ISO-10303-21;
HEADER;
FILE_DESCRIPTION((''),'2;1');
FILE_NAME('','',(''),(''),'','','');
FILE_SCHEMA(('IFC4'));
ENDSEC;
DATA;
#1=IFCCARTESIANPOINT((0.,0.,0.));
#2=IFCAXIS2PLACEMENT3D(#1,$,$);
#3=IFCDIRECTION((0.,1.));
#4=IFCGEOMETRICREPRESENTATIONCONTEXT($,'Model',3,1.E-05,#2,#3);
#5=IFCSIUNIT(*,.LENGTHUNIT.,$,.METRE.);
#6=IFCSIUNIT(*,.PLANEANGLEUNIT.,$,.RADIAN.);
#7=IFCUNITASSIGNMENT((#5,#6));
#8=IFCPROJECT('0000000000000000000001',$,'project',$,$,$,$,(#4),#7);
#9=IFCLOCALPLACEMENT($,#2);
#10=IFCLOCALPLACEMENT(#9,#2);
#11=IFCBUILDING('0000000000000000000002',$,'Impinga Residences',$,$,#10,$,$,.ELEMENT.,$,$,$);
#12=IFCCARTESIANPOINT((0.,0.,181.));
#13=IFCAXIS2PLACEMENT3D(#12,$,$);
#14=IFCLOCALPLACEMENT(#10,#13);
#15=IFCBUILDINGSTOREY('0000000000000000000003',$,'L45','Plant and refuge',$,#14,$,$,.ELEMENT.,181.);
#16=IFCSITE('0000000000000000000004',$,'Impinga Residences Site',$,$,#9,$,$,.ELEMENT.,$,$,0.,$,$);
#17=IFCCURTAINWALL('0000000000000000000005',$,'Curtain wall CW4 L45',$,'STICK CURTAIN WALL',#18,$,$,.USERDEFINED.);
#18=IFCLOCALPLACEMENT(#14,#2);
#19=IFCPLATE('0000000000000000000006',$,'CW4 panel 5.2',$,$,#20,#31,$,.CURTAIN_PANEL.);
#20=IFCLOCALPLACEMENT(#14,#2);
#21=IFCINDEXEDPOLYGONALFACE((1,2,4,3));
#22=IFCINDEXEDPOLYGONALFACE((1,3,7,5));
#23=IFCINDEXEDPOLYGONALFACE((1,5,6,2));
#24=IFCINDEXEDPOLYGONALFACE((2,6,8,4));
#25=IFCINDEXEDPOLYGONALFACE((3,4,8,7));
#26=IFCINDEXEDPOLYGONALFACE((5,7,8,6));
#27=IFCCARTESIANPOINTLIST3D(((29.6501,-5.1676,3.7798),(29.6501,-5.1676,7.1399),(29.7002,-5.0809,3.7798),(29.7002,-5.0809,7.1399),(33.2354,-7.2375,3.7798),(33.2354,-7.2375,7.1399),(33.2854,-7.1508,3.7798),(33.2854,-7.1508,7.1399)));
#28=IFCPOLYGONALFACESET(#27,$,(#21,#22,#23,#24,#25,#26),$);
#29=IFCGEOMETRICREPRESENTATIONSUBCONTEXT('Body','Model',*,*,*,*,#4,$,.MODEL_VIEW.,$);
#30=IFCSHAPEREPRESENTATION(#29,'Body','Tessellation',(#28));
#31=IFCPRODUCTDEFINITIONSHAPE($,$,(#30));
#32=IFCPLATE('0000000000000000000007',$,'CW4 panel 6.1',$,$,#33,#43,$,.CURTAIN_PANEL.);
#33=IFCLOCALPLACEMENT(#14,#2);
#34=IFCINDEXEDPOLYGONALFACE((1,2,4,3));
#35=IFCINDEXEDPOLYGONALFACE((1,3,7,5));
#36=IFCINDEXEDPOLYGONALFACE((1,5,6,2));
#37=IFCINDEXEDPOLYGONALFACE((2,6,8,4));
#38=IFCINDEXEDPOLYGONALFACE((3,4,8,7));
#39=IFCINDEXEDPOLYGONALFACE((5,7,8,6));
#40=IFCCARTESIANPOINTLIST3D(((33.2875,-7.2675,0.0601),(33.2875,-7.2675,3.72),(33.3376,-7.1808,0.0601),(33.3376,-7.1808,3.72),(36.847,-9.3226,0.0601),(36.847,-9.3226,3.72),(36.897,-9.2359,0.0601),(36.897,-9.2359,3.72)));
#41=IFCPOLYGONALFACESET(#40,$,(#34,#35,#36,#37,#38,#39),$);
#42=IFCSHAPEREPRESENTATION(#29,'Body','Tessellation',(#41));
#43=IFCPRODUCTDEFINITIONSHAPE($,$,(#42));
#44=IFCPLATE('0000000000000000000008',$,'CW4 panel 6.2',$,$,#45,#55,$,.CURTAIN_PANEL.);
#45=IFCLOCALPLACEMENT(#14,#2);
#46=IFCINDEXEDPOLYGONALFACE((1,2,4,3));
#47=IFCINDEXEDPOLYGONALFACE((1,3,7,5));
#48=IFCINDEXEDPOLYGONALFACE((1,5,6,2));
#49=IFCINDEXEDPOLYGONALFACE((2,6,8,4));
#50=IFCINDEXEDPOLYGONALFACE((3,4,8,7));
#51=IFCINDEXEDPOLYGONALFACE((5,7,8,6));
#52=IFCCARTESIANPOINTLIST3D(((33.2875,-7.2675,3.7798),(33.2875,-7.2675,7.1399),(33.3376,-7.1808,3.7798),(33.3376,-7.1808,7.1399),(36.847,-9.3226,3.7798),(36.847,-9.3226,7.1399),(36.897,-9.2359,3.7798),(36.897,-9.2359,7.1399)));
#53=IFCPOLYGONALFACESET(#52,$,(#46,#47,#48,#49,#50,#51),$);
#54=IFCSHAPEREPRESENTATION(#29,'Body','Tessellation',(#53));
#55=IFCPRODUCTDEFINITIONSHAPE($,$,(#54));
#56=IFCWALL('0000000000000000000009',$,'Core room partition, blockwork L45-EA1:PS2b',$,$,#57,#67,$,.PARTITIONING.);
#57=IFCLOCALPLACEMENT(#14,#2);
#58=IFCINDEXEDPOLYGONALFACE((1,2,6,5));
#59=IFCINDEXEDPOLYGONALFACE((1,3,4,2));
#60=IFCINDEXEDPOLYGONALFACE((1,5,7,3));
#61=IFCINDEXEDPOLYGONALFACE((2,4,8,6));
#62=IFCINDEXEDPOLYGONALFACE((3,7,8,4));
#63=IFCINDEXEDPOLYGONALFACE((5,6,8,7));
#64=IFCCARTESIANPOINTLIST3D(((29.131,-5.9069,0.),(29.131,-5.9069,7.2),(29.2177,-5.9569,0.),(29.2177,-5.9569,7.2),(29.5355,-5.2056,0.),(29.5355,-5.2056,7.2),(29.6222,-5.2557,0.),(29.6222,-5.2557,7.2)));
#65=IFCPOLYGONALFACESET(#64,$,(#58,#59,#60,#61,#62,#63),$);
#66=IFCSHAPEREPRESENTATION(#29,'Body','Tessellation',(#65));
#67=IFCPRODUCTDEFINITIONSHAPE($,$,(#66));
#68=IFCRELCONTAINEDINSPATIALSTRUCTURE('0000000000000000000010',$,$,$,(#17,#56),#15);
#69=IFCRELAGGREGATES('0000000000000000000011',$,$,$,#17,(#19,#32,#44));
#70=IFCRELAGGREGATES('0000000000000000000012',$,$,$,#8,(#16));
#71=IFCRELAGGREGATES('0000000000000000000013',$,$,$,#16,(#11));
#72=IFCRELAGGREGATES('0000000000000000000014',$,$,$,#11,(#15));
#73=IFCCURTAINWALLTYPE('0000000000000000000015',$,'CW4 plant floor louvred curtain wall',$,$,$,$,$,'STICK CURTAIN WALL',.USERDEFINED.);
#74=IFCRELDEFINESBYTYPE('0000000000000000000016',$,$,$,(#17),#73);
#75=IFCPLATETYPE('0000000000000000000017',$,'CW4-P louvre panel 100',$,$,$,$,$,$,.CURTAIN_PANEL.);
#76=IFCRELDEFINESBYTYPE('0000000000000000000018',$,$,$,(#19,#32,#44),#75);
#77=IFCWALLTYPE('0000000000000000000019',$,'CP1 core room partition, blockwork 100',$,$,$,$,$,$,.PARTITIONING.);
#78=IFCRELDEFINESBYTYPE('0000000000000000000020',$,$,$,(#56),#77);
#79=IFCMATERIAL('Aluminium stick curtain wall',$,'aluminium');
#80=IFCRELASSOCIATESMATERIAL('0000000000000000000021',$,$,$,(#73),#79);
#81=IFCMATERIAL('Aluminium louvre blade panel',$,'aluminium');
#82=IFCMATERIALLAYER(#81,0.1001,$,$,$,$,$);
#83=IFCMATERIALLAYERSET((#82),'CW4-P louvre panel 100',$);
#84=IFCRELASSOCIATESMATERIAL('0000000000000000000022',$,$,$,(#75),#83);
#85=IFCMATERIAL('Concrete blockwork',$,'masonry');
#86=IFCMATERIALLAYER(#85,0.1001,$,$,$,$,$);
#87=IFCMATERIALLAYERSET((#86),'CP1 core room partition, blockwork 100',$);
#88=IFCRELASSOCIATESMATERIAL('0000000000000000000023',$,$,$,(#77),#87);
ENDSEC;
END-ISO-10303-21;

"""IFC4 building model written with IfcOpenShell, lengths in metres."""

from ifc_helpers import new_model, si_unit, direction, frame, frame_2d, origin, origin_2d, place, context, subcontext, project, spatial, rectangle, extrude, material, layer, layer_set, type_object, element, aggregate, save


model = new_model("IFC4")

# Units and contexts
model_context = context("Model", 3, precision=1e-05, world=origin(), true_north=direction((0.0, 1.0)))
body_context = subcontext(model_context, "Body", "Model", "MODEL_VIEW")
ifc_project = project(units=[si_unit("LENGTHUNIT", "METRE"), si_unit("PLANEANGLEUNIT", "RADIAN")], contexts=[model_context])

# Site, building, storey
site_placement = place(None, origin())
site = spatial("IfcSite", under=ifc_project, at=site_placement, Name="Impinga Residences Site", CompositionType="ELEMENT", RefElevation=0.0)
building_placement = place(site_placement, origin())
building = spatial("IfcBuilding", under=site, at=building_placement, Name="Impinga Residences", CompositionType="ELEMENT")
storey_placement = place(building_placement, frame((0.0, 0.0, 181.0)))
storey = spatial("IfcBuildingStorey", under=building, at=storey_placement, Name="L45", Description="Plant and refuge", CompositionType="ELEMENT", Elevation=181.0)

# Curtain wall, plates
ifc_material_1 = material(Name="Aluminium stick curtain wall", Category="aluminium")
curtain_wall_type = type_object("IfcCurtainWallType", Name="CW4 plant floor louvred curtain wall", ElementType="STICK CURTAIN WALL", PredefinedType="USERDEFINED", material=ifc_material_1)
curtain_wall_placement = place(storey_placement, origin())
curtain_wall = element("IfcCurtainWall", 1, at=curtain_wall_placement, inside=storey, type_object=curtain_wall_type, Name="Curtain wall CW4 L45", ObjectType="STICK CURTAIN WALL", PredefinedType="USERDEFINED")
ifc_material_2 = material(Name="Aluminium louvre blade panel", Category="aluminium")
ifc_layer_1 = layer(ifc_material_2, 0.1001)
ifc_layer_set_1 = layer_set([ifc_layer_1], Name="CW4-P louvre panel 100")
plate_type = type_object("IfcPlateType", Name="CW4-P louvre panel 100", PredefinedType="CURTAIN_PANEL", material=ifc_layer_set_1)
plate_1_placement = place(storey_placement, frame((31.4678, -6.1592, 3.7798), z_axis=(0.0, 0.0, 1.0), x_axis=(0.866025, -0.5, 0.0)))
plate_1 = element("IfcPlate", 2, at=plate_1_placement, type_object=plate_type, Name="CW4 panel 5.2", PredefinedType="CURTAIN_PANEL", context=body_context, shape_type="SweptSolid", body=[
    extrude(rectangle(XDim=4.1399, YDim=0.1001, at=origin_2d()), origin(), (0.0, 0.0, 1.0), 3.3601),
])
plate_2_placement = place(storey_placement, frame((35.0923, -8.2517, 0.0601), z_axis=(0.0, 0.0, 1.0), x_axis=(0.866025, -0.5, 0.0)))
plate_2 = element("IfcPlate", 3, at=plate_2_placement, type_object=plate_type, Name="CW4 panel 6.1", PredefinedType="CURTAIN_PANEL", context=body_context, shape_type="SweptSolid", body=[
    extrude(rectangle(XDim=4.1101, YDim=0.1001, at=origin_2d()), origin(), (0.0, 0.0, 1.0), 3.6599),
])
plate_3_placement = place(storey_placement, frame((35.0923, -8.2517, 3.7798), z_axis=(0.0, 0.0, 1.0), x_axis=(0.866025, -0.5, 0.0)))
plate_3 = element("IfcPlate", 4, at=plate_3_placement, type_object=plate_type, Name="CW4 panel 6.2", PredefinedType="CURTAIN_PANEL", context=body_context, shape_type="SweptSolid", body=[
    extrude(rectangle(XDim=4.1101, YDim=0.1001, at=origin_2d()), origin(), (0.0, 0.0, 1.0), 3.3601),
])
aggregate(curtain_wall, [plate_1, plate_2, plate_3])

# Wall
ifc_material_3 = material(Name="Concrete blockwork", Category="masonry")
ifc_layer_2 = layer(ifc_material_3, 0.1001)
ifc_layer_set_2 = layer_set([ifc_layer_2], Name="CP1 core room partition, blockwork 100")
wall_type = type_object("IfcWallType", Name="CP1 core room partition, blockwork 100", PredefinedType="PARTITIONING", material=ifc_layer_set_2)
wall_placement = place(storey_placement, frame((29.1743, -5.9319, 0.0), z_axis=(0.0, 0.0, 1.0), x_axis=(0.49974, 0.866176, 0.0)))
element("IfcWall", 5, at=wall_placement, inside=storey, type_object=wall_type, Name="Core room partition, blockwork L45-EA1:PS2b", PredefinedType="PARTITIONING", context=body_context, shape_type="SweptSolid", body=[
    extrude(rectangle(XDim=0.8096, YDim=0.1001, at=frame_2d((0.4048, 0.0))), origin(), (0.0, 0.0, 1.0), 7.2),
])

save(model, "model.ifc")
